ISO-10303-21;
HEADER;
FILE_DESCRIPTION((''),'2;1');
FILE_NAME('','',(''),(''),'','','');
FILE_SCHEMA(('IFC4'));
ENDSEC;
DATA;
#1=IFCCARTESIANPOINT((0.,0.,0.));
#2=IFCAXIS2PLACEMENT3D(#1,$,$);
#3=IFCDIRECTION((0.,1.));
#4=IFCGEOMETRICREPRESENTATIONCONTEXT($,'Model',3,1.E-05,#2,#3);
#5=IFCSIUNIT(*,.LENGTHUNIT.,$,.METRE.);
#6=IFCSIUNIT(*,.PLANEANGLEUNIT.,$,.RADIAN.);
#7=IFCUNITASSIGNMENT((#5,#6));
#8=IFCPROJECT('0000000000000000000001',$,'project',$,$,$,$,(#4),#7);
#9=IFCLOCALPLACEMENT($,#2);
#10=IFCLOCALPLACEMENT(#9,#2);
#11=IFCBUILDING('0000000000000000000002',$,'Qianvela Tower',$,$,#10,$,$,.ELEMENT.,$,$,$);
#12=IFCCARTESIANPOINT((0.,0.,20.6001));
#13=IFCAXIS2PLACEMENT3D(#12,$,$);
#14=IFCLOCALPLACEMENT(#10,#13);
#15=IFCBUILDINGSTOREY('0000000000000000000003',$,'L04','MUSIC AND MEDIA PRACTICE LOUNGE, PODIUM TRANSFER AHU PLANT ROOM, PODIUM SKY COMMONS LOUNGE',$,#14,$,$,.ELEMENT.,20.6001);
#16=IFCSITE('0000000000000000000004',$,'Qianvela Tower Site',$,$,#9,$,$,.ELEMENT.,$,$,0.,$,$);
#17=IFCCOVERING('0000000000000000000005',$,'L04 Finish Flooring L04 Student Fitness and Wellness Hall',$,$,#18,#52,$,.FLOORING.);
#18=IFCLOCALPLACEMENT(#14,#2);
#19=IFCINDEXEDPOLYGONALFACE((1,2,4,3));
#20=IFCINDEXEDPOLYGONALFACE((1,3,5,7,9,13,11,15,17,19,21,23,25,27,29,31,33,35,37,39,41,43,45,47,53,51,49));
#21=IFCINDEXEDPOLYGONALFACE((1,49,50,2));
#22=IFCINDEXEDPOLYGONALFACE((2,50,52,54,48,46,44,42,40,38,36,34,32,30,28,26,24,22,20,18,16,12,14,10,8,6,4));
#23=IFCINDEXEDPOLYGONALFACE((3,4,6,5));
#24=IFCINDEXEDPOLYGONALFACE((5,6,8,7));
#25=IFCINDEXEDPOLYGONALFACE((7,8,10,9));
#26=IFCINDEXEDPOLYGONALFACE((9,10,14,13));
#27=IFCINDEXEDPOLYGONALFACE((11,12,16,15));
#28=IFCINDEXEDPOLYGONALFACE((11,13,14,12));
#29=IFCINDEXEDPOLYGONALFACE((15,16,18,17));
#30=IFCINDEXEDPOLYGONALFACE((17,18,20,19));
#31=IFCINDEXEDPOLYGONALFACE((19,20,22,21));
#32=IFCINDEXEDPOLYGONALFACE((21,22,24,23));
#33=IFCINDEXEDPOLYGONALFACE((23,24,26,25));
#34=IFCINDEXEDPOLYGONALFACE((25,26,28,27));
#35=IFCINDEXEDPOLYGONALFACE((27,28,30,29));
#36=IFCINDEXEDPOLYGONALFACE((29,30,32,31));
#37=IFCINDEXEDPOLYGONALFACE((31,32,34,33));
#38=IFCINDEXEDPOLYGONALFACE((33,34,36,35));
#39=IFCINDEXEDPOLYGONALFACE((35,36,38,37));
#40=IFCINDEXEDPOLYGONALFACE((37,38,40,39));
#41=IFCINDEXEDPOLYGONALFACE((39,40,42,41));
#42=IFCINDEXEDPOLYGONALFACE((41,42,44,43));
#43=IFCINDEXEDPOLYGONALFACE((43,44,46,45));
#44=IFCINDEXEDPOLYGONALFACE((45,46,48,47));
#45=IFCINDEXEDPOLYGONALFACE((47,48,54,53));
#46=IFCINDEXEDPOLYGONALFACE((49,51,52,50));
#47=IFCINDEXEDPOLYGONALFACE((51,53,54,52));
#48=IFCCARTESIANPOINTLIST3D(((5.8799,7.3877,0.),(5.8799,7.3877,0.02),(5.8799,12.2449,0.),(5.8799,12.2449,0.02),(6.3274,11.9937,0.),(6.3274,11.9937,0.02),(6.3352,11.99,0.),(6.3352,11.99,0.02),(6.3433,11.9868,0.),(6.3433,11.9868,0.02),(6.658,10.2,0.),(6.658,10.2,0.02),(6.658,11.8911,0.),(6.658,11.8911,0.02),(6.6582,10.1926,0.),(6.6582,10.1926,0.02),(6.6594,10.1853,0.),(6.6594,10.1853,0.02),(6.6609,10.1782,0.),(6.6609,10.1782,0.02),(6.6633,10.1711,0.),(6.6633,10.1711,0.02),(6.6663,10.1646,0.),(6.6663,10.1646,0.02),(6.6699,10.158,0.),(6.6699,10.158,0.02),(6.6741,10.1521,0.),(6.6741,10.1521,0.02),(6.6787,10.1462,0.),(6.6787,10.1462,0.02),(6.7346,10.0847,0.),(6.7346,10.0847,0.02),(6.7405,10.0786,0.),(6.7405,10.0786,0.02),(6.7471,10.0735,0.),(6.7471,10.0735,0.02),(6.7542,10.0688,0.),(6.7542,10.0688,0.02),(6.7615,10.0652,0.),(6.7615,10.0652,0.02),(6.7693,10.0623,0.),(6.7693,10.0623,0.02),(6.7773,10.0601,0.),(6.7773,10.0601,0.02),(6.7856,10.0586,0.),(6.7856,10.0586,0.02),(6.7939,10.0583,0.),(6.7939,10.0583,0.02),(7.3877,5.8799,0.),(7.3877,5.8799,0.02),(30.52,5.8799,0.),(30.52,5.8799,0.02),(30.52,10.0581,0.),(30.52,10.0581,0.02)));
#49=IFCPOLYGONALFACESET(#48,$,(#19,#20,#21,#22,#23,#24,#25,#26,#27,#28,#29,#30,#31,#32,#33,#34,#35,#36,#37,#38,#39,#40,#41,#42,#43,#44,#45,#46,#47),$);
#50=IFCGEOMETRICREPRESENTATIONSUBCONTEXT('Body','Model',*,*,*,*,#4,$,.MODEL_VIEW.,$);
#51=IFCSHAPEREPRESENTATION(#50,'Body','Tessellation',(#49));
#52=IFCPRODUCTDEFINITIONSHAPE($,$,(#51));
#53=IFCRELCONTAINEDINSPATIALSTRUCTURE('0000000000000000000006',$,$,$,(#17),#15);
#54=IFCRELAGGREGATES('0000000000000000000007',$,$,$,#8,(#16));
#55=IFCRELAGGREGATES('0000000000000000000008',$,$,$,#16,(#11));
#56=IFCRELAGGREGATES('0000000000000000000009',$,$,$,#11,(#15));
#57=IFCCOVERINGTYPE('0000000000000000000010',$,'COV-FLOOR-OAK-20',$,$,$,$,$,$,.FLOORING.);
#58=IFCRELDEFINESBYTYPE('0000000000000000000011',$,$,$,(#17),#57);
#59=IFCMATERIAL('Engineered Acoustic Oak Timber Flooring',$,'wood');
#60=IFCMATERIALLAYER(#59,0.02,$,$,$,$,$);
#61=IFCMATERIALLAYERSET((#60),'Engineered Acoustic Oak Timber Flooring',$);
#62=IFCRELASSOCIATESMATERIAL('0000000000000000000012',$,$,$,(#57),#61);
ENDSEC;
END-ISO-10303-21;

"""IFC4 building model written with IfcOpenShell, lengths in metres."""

from ifc_helpers import new_model, si_unit, direction, frame, origin, place, context, subcontext, project, spatial, polyline, outline, extrude, material, layer, layer_set, type_object, element, save


model = new_model("IFC4")

# Units and contexts
model_context = context("Model", 3, precision=1e-05, world=origin(), true_north=direction((0.0, 1.0)))
body_context = subcontext(model_context, "Body", "Model", "MODEL_VIEW")
ifc_project = project(units=[si_unit("LENGTHUNIT", "METRE"), si_unit("PLANEANGLEUNIT", "RADIAN")], contexts=[model_context])

# Site, building, storey
site_placement = place(None, origin())
site = spatial("IfcSite", under=ifc_project, at=site_placement, Name="Qianvela Tower Site", CompositionType="ELEMENT", RefElevation=0.0)
building_placement = place(site_placement, origin())
building = spatial("IfcBuilding", under=site, at=building_placement, Name="Qianvela Tower", CompositionType="ELEMENT")
storey_placement = place(building_placement, frame((0.0, 0.0, 20.6001)))
storey = spatial("IfcBuildingStorey", under=building, at=storey_placement, Name="L04", Description="MUSIC AND MEDIA PRACTICE LOUNGE, PODIUM TRANSFER AHU PLANT ROOM, PODIUM SKY COMMONS LOUNGE", CompositionType="ELEMENT", Elevation=20.6001)

# Covering
ifc_material_1 = material(Name="Engineered Acoustic Oak Timber Flooring", Category="wood")
ifc_layer_1 = layer(ifc_material_1, 0.02)
ifc_layer_set_1 = layer_set([ifc_layer_1], Name="Engineered Acoustic Oak Timber Flooring")
covering_type_1 = type_object("IfcCoveringType", Name="COV-FLOOR-OAK-20", PredefinedType="FLOORING", material=ifc_layer_set_1)
covering_1_placement = place(storey_placement, origin())
element("IfcCovering", 1, at=covering_1_placement, inside=storey, type_object=covering_type_1, Name="L04 Finish Flooring L04 Student Fitness and Wellness Hall", PredefinedType="FLOORING", context=body_context, shape_type="SweptSolid", body=[
    extrude(outline(polyline([(30.52, 5.8799), (7.3877, 5.8799), (5.8799, 7.3877), (5.8799, 12.2449), (6.3274, 11.9937), (6.3352, 11.99), (6.3433, 11.9868), (6.658, 11.8911), (6.658, 10.2), (6.6582, 10.1926), (6.6594, 10.1853), (6.6609, 10.1782), (6.6633, 10.1711), (6.6663, 10.1646), (6.6699, 10.158), (6.6741, 10.1521), (6.6787, 10.1462), (6.7346, 10.0847), (6.7405, 10.0786), (6.7471, 10.0735), (6.7542, 10.0688), (6.7615, 10.0652), (6.7693, 10.0623), (6.7773, 10.0601), (6.7856, 10.0586), (6.7939, 10.0583), (30.52, 10.0581), (30.52, 5.8799)])), origin(), (0.0, 0.0, 1.0), 0.02),
])

save(model, "model.ifc")
